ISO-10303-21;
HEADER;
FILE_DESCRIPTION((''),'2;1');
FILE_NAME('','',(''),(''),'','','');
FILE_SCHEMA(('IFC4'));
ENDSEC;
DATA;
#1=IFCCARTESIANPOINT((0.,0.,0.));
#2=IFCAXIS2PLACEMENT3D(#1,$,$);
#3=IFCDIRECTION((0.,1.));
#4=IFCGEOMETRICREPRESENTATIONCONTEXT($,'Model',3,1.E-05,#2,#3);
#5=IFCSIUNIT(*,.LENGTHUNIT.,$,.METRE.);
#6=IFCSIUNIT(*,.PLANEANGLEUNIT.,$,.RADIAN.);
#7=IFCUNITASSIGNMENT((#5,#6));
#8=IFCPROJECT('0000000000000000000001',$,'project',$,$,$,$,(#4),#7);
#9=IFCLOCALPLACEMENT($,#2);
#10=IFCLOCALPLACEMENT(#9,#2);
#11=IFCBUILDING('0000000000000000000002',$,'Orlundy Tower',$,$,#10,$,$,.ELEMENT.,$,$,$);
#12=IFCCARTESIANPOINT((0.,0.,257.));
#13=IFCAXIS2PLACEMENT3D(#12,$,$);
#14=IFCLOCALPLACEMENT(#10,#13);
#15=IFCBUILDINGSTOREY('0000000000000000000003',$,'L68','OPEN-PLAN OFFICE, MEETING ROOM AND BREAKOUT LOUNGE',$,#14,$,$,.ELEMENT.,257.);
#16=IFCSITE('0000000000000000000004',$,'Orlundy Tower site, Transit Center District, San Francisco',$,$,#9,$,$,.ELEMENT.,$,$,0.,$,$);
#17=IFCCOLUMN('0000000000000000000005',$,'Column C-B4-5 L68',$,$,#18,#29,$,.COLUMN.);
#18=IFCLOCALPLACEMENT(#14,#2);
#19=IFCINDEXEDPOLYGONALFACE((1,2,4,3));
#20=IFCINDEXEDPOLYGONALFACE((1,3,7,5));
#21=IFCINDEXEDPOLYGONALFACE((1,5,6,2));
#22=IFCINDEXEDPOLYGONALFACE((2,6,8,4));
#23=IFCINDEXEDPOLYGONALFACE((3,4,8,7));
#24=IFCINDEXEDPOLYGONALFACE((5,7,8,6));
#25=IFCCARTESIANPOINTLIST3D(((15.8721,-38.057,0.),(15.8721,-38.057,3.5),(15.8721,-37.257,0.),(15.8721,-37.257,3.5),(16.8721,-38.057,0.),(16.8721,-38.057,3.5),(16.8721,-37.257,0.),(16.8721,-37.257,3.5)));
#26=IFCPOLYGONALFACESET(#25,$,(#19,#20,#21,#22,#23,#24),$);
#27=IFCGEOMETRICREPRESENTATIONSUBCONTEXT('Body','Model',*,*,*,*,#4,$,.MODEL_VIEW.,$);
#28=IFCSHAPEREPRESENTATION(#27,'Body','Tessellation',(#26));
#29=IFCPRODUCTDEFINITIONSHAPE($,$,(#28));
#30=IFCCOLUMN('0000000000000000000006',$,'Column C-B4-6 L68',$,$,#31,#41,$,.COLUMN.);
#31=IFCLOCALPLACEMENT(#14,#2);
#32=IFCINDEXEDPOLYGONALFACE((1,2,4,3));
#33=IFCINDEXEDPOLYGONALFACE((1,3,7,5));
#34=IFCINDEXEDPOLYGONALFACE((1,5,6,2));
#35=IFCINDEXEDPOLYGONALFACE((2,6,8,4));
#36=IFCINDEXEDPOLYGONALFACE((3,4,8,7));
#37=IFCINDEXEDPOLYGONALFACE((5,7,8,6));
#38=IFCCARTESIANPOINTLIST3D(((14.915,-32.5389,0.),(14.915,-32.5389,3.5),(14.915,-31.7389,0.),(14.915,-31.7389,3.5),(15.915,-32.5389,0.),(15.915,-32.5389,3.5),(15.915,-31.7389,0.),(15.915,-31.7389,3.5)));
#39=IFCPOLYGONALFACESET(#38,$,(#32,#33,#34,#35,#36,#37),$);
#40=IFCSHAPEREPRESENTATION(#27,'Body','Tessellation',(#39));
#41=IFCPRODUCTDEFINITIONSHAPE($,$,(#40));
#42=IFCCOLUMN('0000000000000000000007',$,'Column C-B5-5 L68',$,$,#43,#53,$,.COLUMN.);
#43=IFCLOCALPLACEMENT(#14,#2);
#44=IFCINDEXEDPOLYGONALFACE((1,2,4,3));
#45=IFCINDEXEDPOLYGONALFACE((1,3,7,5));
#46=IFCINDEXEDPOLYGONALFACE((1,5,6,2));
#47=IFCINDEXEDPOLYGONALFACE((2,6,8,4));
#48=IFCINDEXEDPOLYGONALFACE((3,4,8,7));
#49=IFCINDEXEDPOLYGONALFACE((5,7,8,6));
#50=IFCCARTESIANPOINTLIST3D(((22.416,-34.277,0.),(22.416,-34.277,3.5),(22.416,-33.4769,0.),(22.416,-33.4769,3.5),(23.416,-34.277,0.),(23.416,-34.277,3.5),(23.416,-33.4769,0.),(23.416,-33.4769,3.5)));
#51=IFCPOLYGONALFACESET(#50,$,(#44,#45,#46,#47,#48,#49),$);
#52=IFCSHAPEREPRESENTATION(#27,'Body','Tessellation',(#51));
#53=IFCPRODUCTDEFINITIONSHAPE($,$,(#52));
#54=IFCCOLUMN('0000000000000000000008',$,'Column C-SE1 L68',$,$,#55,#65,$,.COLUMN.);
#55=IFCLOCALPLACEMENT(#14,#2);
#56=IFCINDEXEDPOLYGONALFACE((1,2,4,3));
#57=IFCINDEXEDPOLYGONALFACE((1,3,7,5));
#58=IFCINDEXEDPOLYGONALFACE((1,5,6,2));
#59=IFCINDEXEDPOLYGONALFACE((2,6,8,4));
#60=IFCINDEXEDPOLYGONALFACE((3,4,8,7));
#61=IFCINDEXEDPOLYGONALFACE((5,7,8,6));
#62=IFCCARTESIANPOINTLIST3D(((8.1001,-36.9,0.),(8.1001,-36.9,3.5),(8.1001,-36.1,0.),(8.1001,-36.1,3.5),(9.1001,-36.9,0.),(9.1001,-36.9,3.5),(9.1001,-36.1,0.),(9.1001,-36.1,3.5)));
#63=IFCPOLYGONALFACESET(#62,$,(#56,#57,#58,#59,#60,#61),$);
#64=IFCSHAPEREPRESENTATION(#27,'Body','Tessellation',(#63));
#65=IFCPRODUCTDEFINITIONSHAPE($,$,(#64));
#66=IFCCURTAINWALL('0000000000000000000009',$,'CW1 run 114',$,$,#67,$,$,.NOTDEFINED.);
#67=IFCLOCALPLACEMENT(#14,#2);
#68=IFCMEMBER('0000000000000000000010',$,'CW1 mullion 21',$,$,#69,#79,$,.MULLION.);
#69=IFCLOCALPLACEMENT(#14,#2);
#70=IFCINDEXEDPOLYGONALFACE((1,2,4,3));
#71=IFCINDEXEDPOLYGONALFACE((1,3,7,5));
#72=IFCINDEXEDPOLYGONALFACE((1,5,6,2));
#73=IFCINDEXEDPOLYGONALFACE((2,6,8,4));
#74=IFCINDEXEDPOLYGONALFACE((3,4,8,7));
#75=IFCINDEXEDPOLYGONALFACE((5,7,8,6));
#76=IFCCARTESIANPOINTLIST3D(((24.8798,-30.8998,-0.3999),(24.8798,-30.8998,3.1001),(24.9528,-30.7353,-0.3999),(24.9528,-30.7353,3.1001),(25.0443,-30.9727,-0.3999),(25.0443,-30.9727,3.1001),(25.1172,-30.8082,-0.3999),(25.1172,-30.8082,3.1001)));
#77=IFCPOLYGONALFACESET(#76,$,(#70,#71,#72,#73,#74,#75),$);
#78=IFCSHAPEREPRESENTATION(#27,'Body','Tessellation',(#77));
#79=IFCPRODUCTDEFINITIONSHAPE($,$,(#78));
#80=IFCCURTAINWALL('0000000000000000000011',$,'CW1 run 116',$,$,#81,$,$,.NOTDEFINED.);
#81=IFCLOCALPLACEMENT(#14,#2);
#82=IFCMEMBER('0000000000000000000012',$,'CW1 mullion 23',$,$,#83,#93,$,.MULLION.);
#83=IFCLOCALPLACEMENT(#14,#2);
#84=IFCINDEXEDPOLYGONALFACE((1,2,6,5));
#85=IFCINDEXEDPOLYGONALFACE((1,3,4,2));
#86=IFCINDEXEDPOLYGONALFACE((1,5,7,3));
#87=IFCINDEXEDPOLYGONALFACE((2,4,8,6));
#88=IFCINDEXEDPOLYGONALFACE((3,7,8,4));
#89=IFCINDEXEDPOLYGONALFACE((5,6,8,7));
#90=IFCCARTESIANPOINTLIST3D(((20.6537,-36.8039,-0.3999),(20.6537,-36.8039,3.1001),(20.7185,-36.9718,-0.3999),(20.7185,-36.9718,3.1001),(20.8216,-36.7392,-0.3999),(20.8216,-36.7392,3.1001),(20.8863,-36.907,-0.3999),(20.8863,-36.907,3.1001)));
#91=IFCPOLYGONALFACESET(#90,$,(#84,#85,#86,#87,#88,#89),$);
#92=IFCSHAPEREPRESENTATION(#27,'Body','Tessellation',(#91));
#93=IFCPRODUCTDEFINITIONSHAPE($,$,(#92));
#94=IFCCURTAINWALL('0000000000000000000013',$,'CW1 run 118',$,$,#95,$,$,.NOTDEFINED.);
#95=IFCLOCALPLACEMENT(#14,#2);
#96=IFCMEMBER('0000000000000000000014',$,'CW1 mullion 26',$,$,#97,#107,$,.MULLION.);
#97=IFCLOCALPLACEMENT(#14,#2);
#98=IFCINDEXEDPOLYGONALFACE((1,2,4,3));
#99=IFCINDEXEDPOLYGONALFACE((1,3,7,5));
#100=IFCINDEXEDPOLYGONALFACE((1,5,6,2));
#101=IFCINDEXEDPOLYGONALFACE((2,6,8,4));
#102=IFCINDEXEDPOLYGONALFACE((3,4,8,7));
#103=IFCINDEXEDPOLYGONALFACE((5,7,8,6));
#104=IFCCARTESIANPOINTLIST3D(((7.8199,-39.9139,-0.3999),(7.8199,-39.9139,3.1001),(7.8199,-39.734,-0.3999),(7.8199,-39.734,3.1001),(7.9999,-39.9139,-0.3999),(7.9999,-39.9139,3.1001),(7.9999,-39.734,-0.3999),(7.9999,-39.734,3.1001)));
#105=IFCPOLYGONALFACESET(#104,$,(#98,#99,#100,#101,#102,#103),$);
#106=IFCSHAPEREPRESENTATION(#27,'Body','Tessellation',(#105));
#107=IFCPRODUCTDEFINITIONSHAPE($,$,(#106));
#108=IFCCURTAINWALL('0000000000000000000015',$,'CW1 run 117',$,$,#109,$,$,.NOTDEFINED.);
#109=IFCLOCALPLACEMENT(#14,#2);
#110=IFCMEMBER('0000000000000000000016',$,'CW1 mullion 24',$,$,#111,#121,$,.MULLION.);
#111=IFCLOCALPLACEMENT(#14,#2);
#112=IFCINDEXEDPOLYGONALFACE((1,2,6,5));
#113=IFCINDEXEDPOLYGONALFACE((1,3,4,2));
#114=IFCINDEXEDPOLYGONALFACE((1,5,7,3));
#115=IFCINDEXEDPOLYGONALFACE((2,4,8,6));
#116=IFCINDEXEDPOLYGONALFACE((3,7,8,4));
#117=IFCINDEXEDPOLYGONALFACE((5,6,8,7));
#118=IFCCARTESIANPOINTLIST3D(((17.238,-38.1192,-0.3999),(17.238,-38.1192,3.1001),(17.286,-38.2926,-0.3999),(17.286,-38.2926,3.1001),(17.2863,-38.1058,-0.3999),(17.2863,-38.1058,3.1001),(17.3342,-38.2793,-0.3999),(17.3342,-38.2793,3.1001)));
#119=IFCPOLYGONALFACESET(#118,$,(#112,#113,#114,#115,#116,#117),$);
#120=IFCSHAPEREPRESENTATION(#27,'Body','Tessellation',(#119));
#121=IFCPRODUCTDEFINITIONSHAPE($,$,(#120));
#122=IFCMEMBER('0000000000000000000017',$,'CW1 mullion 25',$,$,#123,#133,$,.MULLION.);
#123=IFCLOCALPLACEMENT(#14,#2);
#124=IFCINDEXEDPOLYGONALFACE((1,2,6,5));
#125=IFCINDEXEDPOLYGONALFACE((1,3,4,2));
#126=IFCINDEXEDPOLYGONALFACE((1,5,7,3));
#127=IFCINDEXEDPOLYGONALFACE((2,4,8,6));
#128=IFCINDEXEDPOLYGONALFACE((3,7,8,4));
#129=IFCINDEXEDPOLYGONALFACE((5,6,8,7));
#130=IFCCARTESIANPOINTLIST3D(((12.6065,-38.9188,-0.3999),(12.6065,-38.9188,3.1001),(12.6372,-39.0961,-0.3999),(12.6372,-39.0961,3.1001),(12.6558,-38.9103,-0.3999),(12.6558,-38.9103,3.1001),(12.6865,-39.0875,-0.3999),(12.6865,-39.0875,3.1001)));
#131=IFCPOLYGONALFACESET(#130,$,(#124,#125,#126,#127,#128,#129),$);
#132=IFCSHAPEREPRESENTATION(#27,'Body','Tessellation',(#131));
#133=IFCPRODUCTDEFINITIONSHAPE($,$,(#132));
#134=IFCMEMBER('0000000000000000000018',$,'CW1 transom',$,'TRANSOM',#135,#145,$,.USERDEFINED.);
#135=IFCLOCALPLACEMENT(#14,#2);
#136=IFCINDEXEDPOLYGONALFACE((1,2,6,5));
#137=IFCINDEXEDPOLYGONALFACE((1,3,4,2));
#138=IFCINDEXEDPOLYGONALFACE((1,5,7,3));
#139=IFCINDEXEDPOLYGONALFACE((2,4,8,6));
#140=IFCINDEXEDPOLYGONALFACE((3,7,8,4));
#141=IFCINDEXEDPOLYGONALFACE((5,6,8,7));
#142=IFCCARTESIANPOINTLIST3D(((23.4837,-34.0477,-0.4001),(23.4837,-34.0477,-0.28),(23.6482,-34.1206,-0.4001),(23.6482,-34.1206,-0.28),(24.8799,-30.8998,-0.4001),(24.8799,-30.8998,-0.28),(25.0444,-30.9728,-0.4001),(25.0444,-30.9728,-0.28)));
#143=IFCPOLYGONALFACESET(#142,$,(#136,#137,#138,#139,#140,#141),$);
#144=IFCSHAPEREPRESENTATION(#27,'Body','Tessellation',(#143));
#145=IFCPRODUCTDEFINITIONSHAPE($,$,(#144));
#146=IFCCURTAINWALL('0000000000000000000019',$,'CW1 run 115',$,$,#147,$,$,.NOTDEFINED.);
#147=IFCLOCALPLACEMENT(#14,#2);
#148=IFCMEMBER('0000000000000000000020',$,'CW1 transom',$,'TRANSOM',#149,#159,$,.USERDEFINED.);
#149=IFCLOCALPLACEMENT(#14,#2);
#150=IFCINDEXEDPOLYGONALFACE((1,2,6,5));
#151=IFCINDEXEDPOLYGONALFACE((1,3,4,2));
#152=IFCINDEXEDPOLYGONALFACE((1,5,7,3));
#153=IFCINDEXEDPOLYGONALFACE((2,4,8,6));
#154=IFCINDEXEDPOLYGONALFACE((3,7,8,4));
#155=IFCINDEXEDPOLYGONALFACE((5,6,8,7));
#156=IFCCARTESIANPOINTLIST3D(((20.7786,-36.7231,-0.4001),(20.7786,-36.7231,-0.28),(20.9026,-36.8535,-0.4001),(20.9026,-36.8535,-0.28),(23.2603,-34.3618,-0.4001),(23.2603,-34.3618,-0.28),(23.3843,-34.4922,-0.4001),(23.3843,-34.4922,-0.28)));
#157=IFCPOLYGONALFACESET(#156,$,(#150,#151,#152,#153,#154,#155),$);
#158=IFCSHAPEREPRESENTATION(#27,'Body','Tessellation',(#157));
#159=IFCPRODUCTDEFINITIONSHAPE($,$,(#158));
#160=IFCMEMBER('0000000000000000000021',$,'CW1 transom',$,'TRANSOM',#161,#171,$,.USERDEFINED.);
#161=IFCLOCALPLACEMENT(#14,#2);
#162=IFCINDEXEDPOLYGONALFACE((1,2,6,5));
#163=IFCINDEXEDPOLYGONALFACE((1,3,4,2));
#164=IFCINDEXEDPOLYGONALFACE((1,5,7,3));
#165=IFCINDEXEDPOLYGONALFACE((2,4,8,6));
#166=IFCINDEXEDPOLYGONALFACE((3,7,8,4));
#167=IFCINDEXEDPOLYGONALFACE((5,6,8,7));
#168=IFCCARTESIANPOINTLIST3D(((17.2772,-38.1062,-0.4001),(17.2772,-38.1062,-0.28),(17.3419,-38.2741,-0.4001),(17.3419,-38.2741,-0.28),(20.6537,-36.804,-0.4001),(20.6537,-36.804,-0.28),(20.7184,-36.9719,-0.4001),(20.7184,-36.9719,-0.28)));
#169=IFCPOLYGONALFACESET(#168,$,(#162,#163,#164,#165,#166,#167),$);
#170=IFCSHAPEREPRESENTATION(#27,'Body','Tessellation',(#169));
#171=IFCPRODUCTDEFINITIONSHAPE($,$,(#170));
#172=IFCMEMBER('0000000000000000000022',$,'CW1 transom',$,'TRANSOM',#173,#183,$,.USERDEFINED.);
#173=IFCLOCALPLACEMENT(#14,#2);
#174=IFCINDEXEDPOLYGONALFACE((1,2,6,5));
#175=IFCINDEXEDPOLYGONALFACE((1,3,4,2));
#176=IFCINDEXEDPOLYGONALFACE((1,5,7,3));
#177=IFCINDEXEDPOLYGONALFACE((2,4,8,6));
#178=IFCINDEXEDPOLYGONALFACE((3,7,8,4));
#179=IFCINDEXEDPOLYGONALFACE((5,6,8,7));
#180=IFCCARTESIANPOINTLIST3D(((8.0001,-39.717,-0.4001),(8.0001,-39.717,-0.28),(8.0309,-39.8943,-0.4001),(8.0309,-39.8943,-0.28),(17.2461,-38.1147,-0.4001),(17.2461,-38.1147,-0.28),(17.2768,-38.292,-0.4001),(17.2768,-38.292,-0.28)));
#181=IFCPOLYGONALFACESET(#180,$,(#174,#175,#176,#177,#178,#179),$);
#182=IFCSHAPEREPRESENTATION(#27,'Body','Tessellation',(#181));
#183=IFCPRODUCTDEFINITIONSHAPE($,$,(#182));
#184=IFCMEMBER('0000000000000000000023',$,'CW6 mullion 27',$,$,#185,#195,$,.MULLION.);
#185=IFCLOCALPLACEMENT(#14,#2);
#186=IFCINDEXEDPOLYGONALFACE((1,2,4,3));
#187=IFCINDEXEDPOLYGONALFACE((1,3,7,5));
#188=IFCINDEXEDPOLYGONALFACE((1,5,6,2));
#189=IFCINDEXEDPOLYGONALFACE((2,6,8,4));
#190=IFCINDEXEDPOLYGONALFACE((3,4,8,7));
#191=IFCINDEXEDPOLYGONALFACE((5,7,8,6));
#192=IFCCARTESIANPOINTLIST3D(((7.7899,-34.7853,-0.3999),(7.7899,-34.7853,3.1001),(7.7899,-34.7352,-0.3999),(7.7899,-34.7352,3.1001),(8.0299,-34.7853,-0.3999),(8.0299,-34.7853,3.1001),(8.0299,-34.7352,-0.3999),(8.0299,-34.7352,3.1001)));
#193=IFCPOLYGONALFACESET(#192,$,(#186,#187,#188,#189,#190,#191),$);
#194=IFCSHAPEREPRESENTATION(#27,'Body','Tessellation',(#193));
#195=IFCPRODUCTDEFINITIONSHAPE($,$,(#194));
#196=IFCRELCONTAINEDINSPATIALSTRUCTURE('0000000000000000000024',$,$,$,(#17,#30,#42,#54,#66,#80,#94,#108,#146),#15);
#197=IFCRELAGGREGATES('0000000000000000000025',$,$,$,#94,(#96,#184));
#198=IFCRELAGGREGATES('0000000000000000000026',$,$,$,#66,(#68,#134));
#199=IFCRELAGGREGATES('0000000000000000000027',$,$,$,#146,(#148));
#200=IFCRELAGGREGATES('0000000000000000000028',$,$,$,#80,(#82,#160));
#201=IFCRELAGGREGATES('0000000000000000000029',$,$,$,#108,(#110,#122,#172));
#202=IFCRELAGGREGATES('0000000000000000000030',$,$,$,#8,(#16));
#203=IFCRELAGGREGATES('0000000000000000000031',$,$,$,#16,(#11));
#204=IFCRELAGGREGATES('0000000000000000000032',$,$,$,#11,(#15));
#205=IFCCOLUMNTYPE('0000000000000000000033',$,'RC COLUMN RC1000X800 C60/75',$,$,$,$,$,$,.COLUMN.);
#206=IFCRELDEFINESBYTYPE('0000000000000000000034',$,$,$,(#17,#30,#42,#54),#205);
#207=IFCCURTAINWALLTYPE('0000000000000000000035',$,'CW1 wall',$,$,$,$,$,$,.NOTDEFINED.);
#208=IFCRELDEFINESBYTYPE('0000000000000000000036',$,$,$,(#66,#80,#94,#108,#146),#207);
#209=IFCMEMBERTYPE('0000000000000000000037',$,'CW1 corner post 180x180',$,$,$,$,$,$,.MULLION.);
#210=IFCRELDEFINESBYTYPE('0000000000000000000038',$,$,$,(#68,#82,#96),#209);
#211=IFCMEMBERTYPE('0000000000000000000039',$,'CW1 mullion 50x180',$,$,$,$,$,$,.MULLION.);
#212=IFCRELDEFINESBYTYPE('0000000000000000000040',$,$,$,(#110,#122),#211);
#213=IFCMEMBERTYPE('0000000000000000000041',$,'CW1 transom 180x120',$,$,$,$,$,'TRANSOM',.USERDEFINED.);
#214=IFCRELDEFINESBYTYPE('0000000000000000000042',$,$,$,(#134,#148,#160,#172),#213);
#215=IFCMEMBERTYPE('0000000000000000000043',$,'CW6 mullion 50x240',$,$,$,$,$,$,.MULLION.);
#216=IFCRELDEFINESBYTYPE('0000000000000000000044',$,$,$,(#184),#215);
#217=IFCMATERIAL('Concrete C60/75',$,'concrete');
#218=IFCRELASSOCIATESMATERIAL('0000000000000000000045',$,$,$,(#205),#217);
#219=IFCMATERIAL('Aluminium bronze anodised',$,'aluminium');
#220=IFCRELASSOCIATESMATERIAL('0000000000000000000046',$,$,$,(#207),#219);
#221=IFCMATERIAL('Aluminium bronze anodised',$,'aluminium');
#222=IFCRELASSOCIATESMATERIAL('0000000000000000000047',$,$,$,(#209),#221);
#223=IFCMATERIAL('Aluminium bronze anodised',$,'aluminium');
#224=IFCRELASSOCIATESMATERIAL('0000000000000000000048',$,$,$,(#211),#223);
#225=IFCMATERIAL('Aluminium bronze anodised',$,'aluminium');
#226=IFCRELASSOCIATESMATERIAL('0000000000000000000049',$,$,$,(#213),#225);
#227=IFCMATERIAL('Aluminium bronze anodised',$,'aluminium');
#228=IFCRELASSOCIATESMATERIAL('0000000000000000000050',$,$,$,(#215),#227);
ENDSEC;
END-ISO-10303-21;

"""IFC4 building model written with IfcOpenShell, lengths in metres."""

from ifc_helpers import new_model, si_unit, direction, frame, origin, origin_2d, place, context, subcontext, project, spatial, rectangle, extrude, material, material_profile, profile_set, type_object, element, aggregate, save


model = new_model("IFC4")

# Units and contexts
model_context = context("Model", 3, precision=1e-05, world=origin(), true_north=direction((0.0, 1.0)))
body_context = subcontext(model_context, "Body", "Model", "MODEL_VIEW")
ifc_project = project(units=[si_unit("LENGTHUNIT", "METRE"), si_unit("PLANEANGLEUNIT", "RADIAN")], contexts=[model_context])

# Site, building, storey
site_placement = place(None, origin())
site = spatial("IfcSite", under=ifc_project, at=site_placement, Name="Orlundy Tower site, Transit Center District, San Francisco", CompositionType="ELEMENT", RefElevation=0.0)
building_placement = place(site_placement, origin())
building = spatial("IfcBuilding", under=site, at=building_placement, Name="Orlundy Tower", CompositionType="ELEMENT")
storey_placement = place(building_placement, frame((0.0, 0.0, 257.0)))
storey = spatial("IfcBuildingStorey", under=building, at=storey_placement, Name="L68", Description="OPEN-PLAN OFFICE, MEETING ROOM AND BREAKOUT LOUNGE", CompositionType="ELEMENT", Elevation=257.0)

# Columns
ifc_material_1 = material(Name="Concrete C60/75", Category="concrete")
ifc_material_profile_1 = material_profile(ifc_material_1, rectangle(XDim=1.0, YDim=0.8, at=origin_2d()), Name="RC1000X800")
ifc_profile_set_1 = profile_set([ifc_material_profile_1], Name="Concrete C60/75")
column_type = type_object("IfcColumnType", Name="RC COLUMN RC1000X800 C60/75", PredefinedType="COLUMN", material=ifc_profile_set_1)
for number, where, z_axis, x_axis, name in (
    (1, (16.3721, -37.657, 0.0), (0.0, 0.0, 1.0), (1.0, 0.0, 0.0), "Column C-B4-5 L68"),
    (2, (15.415, -32.1389, 0.0), (0.0, 0.0, 1.0), (1.0, 0.0, 0.0), "Column C-B4-6 L68"),
    (3, (22.916, -33.877, 0.0), (0.0, 0.0, 1.0), (1.0, 0.0, 0.0), "Column C-B5-5 L68"),
    (4, (8.6001, -36.5, 0.0), (0.0, 0.0, 1.0), (1.0, 0.0, 0.0), "Column C-SE1 L68"),
):
    element("IfcColumn", number, at=place(storey_placement, frame(where, z_axis=z_axis, x_axis=x_axis)), inside=storey, type_object=column_type, Name=name, PredefinedType="COLUMN", context=body_context, shape_type="SweptSolid", body=[
        extrude(rectangle(XDim=1.0, YDim=0.8, at=origin_2d()), origin(), (0.0, 0.0, 1.0), 3.5),
    ])

# Curtain walls, members
ifc_material_2 = material(Name="Aluminium bronze anodised", Category="aluminium")
curtain_wall_type = type_object("IfcCurtainWallType", Name="CW1 wall", PredefinedType="NOTDEFINED", material=ifc_material_2)
curtain_wall_1_placement = place(storey_placement, origin())
curtain_wall_1 = element("IfcCurtainWall", 5, at=curtain_wall_1_placement, inside=storey, type_object=curtain_wall_type, Name="CW1 run 114", PredefinedType="NOTDEFINED")
ifc_material_3 = material(Name="Aluminium bronze anodised", Category="aluminium")
ifc_material_profile_2 = material_profile(ifc_material_3, rectangle(XDim=0.1799, YDim=0.1799, at=origin_2d()), Name="CW1 corner post 180x180")
ifc_profile_set_2 = profile_set([ifc_material_profile_2], Name="Aluminium bronze anodised")
member_type_1 = type_object("IfcMemberType", Name="CW1 corner post 180x180", PredefinedType="MULLION", material=ifc_profile_set_2)
member_1_placement = place(storey_placement, frame((24.9985, -30.854, -0.3999), z_axis=(0.0, 0.0, 1.0), x_axis=(0.914134, -0.405413, 0.0)))
member_1 = element("IfcMember", 6, at=member_1_placement, type_object=member_type_1, Name="CW1 mullion 21", PredefinedType="MULLION", context=body_context, shape_type="SweptSolid", body=[
    extrude(rectangle(XDim=0.1799, YDim=0.1799, at=origin_2d()), origin(), (0.0, 0.0, 1.0), 3.5),
])
curtain_wall_2_placement = place(storey_placement, origin())
curtain_wall_2 = element("IfcCurtainWall", 7, at=curtain_wall_2_placement, inside=storey, type_object=curtain_wall_type, Name="CW1 run 116", PredefinedType="NOTDEFINED")
member_2_placement = place(storey_placement, frame((20.77, -36.8555, -0.3999), z_axis=(0.0, 0.0, 1.0), x_axis=(0.359828, -0.933018, 0.0)))
member_2 = element("IfcMember", 8, at=member_2_placement, type_object=member_type_1, Name="CW1 mullion 23", PredefinedType="MULLION", context=body_context, shape_type="SweptSolid", body=[
    extrude(rectangle(XDim=0.1799, YDim=0.1799, at=origin_2d()), origin(), (0.0, 0.0, 1.0), 3.5),
])
curtain_wall_3_placement = place(storey_placement, origin())
curtain_wall_3 = element("IfcCurtainWall", 9, at=curtain_wall_3_placement, inside=storey, type_object=curtain_wall_type, Name="CW1 run 118", PredefinedType="NOTDEFINED")
member_3_placement = place(storey_placement, frame((7.9099, -39.824, -0.3999), z_axis=(0.0, 0.0, 1.0), x_axis=(-1.0, 0.0, 0.0)))
member_3 = element("IfcMember", 10, at=member_3_placement, type_object=member_type_1, Name="CW1 mullion 26", PredefinedType="MULLION", context=body_context, shape_type="SweptSolid", body=[
    extrude(rectangle(XDim=0.1799, YDim=0.1799, at=origin_2d()), origin(), (0.0, 0.0, 1.0), 3.5),
])

# Curtain wall, members
curtain_wall_4_placement = place(storey_placement, origin())
curtain_wall_4 = element("IfcCurtainWall", 11, at=curtain_wall_4_placement, inside=storey, type_object=curtain_wall_type, Name="CW1 run 117", PredefinedType="NOTDEFINED")
ifc_material_4 = material(Name="Aluminium bronze anodised", Category="aluminium")
ifc_material_profile_3 = material_profile(ifc_material_4, rectangle(XDim=0.1799, YDim=0.05, at=origin_2d()), Name="CW1 mullion 50x180")
ifc_profile_set_3 = profile_set([ifc_material_profile_3], Name="Aluminium bronze anodised")
member_type_2 = type_object("IfcMemberType", Name="CW1 mullion 50x180", PredefinedType="MULLION", material=ifc_profile_set_3)
member_4_placement = place(storey_placement, frame((17.2861, -38.1992, -0.3999), z_axis=(0.0, 0.0, 1.0), x_axis=(0.266572, -0.963815, 0.0)))
member_4 = element("IfcMember", 12, at=member_4_placement, type_object=member_type_2, Name="CW1 mullion 24", PredefinedType="MULLION", context=body_context, shape_type="SweptSolid", body=[
    extrude(rectangle(XDim=0.1799, YDim=0.05, at=origin_2d()), origin(), (0.0, 0.0, 1.0), 3.5),
])
member_5_placement = place(storey_placement, frame((12.6465, -39.0032, -0.3999), z_axis=(0.0, 0.0, 1.0), x_axis=(0.170744, -0.985315, 0.0)))
member_5 = element("IfcMember", 13, at=member_5_placement, type_object=member_type_2, Name="CW1 mullion 25", PredefinedType="MULLION", context=body_context, shape_type="SweptSolid", body=[
    extrude(rectangle(XDim=0.1799, YDim=0.05, at=origin_2d()), origin(), (0.0, 0.0, 1.0), 3.5),
])

# Member
ifc_material_5 = material(Name="Aluminium bronze anodised", Category="aluminium")
ifc_material_profile_4 = material_profile(ifc_material_5, rectangle(XDim=0.1799, YDim=0.1201, at=origin_2d()), Name="CW1 transom 180x120")
ifc_profile_set_4 = profile_set([ifc_material_profile_4], Name="Aluminium bronze anodised")
member_type_3 = type_object("IfcMemberType", Name="CW1 transom 180x120", ElementType="TRANSOM", PredefinedType="USERDEFINED", material=ifc_profile_set_4)
member_6_placement = place(storey_placement, frame((24.9622, -30.9363, -0.3401), z_axis=(-0.405448, -0.914118, 0.0), x_axis=(0.914118, -0.405448, 0.0)))
member_6 = element("IfcMember", 14, at=member_6_placement, type_object=member_type_3, Name="CW1 transom", ObjectType="TRANSOM", PredefinedType="USERDEFINED", context=body_context, shape_type="SweptSolid", body=[
    extrude(rectangle(XDim=0.1799, YDim=0.1201, at=origin_2d()), origin(), (0.0, 0.0, 1.0), 3.4436),
])

# Curtain wall, member
curtain_wall_5_placement = place(storey_placement, origin())
curtain_wall_5 = element("IfcCurtainWall", 15, at=curtain_wall_5_placement, inside=storey, type_object=curtain_wall_type, Name="CW1 run 115", PredefinedType="NOTDEFINED")
member_7_placement = place(storey_placement, frame((23.3223, -34.427, -0.3401), z_axis=(-0.724456, -0.689321, 0.0), x_axis=(0.689321, -0.724456, 0.0)))
member_7 = element("IfcMember", 16, at=member_7_placement, type_object=member_type_3, Name="CW1 transom", ObjectType="TRANSOM", PredefinedType="USERDEFINED", context=body_context, shape_type="SweptSolid", body=[
    extrude(rectangle(XDim=0.1799, YDim=0.1201, at=origin_2d()), origin(), (0.0, 0.0, 1.0), 3.4255),
])

# Members
member_8_placement = place(storey_placement, frame((20.686, -36.8879, -0.3401), z_axis=(-0.933011, -0.359847, 0.0), x_axis=(0.359847, -0.933011, 0.0)))
member_8 = element("IfcMember", 17, at=member_8_placement, type_object=member_type_3, Name="CW1 transom", ObjectType="TRANSOM", PredefinedType="USERDEFINED", context=body_context, shape_type="SweptSolid", body=[
    extrude(rectangle(XDim=0.1799, YDim=0.1201, at=origin_2d()), origin(), (0.0, 0.0, 1.0), 3.6189),
])
member_9_placement = place(storey_placement, frame((17.2615, -38.2034, -0.3401), z_axis=(-0.985314, -0.170749, 0.0), x_axis=(0.170749, -0.985314, 0.0)))
member_9 = element("IfcMember", 18, at=member_9_placement, type_object=member_type_3, Name="CW1 transom", ObjectType="TRANSOM", PredefinedType="USERDEFINED", context=body_context, shape_type="SweptSolid", body=[
    extrude(rectangle(XDim=0.1799, YDim=0.1201, at=origin_2d()), origin(), (0.0, 0.0, 1.0), 9.3838),
])
ifc_material_6 = material(Name="Aluminium bronze anodised", Category="aluminium")
ifc_material_profile_5 = material_profile(ifc_material_6, rectangle(XDim=0.24, YDim=0.05, at=origin_2d()), Name="CW6 mullion 50x240")
ifc_profile_set_5 = profile_set([ifc_material_profile_5], Name="Aluminium bronze anodised")
member_type_4 = type_object("IfcMemberType", Name="CW6 mullion 50x240", PredefinedType="MULLION", material=ifc_profile_set_5)
member_10_placement = place(storey_placement, frame((7.9099, -34.7603, -0.3999), z_axis=(0.0, 0.0, 1.0), x_axis=(-1.0, 0.0, 0.0)))
member_10 = element("IfcMember", 19, at=member_10_placement, type_object=member_type_4, Name="CW6 mullion 27", PredefinedType="MULLION", context=body_context, shape_type="SweptSolid", body=[
    extrude(rectangle(XDim=0.24, YDim=0.05, at=origin_2d()), origin(), (0.0, 0.0, 1.0), 3.5),
])
aggregate(curtain_wall_3, [member_3, member_10])

aggregate(curtain_wall_1, [member_1, member_6])
aggregate(curtain_wall_5, [member_7])
aggregate(curtain_wall_2, [member_2, member_8])
aggregate(curtain_wall_4, [member_4, member_5, member_9])

save(model, "model.ifc")
